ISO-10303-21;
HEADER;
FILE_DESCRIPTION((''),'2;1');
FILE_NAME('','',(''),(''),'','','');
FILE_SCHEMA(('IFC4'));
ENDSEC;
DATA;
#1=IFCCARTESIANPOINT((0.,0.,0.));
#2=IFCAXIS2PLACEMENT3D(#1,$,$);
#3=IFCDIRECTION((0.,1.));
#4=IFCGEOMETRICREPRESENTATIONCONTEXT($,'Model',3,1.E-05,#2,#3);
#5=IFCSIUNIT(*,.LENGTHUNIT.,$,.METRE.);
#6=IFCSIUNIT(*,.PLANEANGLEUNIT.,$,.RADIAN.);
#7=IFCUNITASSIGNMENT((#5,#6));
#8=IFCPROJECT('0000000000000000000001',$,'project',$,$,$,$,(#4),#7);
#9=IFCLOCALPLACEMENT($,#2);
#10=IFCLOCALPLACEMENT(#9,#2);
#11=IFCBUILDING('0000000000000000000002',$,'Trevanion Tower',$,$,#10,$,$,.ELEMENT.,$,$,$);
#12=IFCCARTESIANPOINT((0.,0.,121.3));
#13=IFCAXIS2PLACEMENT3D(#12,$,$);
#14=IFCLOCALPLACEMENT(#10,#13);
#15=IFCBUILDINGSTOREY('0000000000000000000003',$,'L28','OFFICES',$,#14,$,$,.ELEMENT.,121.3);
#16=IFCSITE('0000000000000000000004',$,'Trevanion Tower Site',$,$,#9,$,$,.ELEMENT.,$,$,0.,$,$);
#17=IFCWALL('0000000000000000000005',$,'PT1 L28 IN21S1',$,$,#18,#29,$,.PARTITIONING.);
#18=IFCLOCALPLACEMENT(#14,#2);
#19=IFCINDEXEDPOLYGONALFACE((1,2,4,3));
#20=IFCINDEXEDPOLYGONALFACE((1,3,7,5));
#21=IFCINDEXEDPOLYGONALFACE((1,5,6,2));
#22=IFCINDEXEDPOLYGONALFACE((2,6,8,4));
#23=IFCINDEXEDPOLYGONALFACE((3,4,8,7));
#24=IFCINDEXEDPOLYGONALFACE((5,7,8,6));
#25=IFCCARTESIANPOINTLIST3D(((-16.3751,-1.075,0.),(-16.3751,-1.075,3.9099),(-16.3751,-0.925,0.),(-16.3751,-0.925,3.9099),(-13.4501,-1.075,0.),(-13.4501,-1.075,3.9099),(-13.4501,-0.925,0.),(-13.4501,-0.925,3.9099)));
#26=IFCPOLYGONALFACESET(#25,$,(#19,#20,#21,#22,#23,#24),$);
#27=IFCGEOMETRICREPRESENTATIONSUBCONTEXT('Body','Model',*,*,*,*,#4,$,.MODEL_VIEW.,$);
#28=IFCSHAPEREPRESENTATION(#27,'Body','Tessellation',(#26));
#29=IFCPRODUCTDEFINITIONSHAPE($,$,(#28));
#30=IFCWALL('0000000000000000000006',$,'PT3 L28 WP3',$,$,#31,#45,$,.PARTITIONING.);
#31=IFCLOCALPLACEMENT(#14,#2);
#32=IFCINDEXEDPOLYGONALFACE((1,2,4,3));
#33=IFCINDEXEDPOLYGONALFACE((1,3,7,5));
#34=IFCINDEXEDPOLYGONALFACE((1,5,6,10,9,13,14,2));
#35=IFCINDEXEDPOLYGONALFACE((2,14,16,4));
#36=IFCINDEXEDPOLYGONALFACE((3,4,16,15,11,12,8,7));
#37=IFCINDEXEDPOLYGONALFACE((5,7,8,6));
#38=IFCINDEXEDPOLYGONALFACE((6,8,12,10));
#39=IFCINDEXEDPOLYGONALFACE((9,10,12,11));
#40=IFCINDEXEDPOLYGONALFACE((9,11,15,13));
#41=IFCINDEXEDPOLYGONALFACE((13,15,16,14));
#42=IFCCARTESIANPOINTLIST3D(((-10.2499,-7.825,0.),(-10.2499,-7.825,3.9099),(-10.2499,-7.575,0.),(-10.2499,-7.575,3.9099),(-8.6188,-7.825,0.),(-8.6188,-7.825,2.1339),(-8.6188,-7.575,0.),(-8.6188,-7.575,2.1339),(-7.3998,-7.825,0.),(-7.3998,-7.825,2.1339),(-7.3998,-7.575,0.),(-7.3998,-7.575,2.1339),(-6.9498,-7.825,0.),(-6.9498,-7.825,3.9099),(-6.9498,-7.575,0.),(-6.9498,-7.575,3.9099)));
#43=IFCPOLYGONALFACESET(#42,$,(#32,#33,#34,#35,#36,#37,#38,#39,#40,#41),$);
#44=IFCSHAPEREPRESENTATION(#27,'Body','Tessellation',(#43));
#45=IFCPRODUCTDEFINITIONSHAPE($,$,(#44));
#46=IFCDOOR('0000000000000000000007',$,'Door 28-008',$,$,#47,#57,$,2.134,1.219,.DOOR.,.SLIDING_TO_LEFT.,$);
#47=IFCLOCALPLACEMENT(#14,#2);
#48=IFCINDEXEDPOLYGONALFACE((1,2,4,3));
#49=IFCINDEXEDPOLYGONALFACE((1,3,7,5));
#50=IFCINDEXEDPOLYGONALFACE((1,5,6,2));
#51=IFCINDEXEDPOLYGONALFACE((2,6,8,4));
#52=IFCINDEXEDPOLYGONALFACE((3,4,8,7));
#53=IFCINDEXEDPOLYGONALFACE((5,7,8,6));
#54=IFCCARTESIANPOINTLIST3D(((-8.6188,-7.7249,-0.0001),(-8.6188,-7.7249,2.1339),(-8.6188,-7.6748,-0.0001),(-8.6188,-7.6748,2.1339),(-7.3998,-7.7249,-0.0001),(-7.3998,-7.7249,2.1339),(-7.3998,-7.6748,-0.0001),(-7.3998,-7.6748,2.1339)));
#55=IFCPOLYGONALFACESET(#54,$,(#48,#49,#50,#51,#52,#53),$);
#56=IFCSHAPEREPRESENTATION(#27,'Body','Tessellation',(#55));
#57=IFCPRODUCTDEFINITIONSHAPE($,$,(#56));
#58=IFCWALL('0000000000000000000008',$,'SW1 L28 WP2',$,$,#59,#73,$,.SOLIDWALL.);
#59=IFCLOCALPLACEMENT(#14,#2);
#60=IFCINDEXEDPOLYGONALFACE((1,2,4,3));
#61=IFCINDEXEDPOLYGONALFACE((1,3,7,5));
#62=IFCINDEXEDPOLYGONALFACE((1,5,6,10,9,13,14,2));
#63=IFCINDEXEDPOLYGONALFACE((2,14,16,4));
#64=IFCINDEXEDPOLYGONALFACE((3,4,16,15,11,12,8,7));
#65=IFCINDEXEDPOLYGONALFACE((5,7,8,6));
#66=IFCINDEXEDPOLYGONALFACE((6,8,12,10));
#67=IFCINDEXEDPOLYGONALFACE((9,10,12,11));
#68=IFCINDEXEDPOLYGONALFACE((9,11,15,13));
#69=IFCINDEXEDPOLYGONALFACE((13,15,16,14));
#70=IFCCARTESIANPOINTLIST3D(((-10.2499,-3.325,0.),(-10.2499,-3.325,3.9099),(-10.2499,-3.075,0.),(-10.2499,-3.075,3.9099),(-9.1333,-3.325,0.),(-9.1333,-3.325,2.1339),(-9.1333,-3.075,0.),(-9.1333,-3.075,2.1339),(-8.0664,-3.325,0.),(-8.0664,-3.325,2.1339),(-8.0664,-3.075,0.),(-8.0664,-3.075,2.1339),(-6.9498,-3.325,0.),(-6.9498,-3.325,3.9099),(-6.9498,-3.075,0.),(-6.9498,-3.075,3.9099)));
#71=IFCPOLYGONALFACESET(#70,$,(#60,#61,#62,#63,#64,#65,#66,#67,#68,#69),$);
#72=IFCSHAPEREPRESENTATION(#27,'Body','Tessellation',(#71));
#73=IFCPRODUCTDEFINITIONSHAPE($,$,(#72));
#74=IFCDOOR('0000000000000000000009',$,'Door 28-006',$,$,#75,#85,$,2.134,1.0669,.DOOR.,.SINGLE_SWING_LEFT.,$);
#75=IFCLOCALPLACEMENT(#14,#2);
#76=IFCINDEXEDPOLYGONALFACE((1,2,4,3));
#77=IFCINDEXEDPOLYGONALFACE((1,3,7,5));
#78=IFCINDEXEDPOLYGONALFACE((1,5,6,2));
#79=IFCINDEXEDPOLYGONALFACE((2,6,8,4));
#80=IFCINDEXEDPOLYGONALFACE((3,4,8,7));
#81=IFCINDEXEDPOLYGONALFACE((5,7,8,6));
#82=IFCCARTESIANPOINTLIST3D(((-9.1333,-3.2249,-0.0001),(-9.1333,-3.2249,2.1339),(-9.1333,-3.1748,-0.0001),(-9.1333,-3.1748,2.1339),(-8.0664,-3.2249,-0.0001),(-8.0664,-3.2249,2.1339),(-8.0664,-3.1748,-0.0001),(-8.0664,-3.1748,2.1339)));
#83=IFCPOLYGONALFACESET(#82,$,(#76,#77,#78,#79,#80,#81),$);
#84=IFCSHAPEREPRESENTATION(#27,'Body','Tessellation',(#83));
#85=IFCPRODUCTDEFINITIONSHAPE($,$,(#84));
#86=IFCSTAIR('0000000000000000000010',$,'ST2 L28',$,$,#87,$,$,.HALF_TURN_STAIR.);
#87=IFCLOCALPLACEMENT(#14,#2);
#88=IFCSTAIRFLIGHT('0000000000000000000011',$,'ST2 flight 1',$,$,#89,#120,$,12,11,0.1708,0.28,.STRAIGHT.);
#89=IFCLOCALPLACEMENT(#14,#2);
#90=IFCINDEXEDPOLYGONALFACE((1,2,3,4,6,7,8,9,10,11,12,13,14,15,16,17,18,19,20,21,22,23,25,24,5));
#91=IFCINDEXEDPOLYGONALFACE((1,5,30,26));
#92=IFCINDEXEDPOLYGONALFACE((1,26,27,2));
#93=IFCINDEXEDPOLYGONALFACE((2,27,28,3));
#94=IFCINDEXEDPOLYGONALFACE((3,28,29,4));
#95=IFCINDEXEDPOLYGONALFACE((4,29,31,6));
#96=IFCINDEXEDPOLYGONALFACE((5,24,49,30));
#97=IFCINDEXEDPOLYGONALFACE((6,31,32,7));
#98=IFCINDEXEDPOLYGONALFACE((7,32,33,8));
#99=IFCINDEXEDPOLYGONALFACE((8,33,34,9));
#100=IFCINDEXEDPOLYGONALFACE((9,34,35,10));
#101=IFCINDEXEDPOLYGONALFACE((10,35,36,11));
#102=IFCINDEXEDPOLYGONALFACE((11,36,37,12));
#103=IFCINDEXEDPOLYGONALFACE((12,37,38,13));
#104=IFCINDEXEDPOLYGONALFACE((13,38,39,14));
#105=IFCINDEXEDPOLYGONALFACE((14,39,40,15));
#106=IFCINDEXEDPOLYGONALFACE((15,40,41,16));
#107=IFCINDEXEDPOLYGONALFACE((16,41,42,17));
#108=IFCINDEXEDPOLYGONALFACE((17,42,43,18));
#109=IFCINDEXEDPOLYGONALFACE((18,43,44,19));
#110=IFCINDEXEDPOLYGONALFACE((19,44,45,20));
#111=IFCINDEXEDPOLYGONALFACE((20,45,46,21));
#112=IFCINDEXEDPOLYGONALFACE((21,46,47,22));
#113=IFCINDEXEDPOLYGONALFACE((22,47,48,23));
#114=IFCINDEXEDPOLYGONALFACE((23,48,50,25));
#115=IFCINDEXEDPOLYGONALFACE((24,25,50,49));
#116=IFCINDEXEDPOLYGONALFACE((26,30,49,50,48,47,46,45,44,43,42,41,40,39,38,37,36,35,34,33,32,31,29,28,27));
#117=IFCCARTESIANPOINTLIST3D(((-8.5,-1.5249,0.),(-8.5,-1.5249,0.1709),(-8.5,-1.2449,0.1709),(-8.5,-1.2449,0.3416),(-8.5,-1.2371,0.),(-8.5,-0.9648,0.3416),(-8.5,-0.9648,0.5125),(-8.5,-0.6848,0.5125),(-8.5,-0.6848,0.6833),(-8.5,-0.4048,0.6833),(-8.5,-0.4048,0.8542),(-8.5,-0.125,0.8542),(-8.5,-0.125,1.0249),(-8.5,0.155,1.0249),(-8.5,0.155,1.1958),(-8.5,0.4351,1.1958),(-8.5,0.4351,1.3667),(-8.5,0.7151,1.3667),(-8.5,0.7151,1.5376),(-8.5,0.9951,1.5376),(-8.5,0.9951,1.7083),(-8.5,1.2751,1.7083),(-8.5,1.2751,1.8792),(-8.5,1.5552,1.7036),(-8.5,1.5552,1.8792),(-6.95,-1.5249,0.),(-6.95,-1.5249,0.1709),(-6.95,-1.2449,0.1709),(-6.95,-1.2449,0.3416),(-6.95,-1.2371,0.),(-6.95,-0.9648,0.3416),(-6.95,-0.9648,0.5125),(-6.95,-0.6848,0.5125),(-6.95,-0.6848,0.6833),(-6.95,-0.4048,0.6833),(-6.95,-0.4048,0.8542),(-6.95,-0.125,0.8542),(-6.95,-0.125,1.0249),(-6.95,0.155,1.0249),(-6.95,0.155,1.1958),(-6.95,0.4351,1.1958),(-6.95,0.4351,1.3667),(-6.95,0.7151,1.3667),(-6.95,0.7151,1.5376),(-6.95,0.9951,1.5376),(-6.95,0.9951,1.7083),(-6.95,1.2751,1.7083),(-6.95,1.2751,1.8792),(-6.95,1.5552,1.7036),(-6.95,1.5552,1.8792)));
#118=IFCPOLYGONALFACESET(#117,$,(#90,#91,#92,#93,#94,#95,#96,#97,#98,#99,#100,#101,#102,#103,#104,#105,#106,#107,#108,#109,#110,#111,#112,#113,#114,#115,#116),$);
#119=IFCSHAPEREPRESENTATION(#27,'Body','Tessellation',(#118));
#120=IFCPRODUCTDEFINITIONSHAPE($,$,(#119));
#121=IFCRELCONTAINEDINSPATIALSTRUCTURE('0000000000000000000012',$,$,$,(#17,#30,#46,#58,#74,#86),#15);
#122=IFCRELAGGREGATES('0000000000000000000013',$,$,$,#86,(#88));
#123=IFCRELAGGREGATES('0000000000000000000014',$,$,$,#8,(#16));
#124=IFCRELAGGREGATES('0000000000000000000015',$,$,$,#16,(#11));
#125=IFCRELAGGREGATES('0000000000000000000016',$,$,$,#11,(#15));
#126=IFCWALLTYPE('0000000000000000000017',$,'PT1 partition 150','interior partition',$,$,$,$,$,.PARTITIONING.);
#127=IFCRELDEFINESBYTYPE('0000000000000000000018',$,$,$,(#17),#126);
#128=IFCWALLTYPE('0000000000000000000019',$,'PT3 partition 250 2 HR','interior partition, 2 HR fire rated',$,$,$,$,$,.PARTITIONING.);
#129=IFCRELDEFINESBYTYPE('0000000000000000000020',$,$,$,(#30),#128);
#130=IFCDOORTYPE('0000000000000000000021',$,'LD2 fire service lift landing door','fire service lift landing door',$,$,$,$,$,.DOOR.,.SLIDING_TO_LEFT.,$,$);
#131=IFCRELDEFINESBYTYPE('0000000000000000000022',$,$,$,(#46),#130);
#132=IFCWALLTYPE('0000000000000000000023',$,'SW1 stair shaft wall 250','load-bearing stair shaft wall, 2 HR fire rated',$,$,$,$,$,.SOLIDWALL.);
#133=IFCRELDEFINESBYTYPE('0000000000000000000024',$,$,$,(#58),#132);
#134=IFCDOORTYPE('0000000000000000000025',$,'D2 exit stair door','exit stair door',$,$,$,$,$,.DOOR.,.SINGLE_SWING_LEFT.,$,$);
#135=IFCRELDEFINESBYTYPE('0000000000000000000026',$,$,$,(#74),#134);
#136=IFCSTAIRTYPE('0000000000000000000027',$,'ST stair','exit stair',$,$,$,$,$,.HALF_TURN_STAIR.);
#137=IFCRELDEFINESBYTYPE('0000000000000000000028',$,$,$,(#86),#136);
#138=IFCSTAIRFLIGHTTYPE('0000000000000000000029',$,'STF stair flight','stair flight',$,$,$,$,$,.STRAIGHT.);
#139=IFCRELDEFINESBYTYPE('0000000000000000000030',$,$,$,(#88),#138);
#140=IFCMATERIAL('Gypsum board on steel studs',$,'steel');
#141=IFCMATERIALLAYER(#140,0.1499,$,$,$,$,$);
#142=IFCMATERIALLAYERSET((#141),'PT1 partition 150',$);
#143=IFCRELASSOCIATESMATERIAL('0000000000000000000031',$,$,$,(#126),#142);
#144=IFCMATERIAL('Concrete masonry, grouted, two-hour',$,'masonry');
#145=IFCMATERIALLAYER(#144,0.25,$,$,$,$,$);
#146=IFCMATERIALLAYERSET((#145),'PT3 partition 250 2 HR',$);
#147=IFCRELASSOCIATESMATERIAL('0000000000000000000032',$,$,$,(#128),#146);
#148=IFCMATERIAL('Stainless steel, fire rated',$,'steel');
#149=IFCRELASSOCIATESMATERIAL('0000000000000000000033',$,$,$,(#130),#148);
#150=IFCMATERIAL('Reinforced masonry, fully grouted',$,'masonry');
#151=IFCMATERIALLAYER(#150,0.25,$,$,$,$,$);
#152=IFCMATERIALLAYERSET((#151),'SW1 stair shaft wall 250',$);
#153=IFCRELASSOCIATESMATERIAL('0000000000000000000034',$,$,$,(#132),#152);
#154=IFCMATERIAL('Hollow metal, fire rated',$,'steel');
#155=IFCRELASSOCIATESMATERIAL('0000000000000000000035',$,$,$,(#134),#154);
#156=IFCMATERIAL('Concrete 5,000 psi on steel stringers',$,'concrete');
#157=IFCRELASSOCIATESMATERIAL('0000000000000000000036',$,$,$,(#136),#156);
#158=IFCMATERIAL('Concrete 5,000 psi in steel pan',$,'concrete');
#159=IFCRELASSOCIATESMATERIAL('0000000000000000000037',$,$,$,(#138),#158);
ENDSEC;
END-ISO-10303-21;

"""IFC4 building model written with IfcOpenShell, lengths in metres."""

from ifc_helpers import new_model, si_unit, direction, frame, frame_2d, origin, place, context, subcontext, project, spatial, polyline, rectangle, outline, extrude, material, layer, layer_set, type_object, element, fill, aggregate, save


model = new_model("IFC4")

# Units and contexts
model_context = context("Model", 3, precision=1e-05, world=origin(), true_north=direction((0.0, 1.0)))
body_context = subcontext(model_context, "Body", "Model", "MODEL_VIEW")
ifc_project = project(units=[si_unit("LENGTHUNIT", "METRE"), si_unit("PLANEANGLEUNIT", "RADIAN")], contexts=[model_context])

# Site, building, storey
site_placement = place(None, origin())
site = spatial("IfcSite", under=ifc_project, at=site_placement, Name="Trevanion Tower Site", CompositionType="ELEMENT", RefElevation=0.0)
building_placement = place(site_placement, origin())
building = spatial("IfcBuilding", under=site, at=building_placement, Name="Trevanion Tower", CompositionType="ELEMENT")
storey_placement = place(building_placement, frame((0.0, 0.0, 121.3)))
storey = spatial("IfcBuildingStorey", under=building, at=storey_placement, Name="L28", Description="OFFICES", CompositionType="ELEMENT", Elevation=121.3)

# Wall
ifc_material_1 = material(Name="Gypsum board on steel studs", Category="steel")
ifc_layer_1 = layer(ifc_material_1, 0.1499)
ifc_layer_set_1 = layer_set([ifc_layer_1], Name="PT1 partition 150")
wall_type_1 = type_object("IfcWallType", Name="PT1 partition 150", Description="interior partition", PredefinedType="PARTITIONING", material=ifc_layer_set_1)
wall_1_placement = place(storey_placement, frame((-16.375, -1.0, 0.0), z_axis=(0.0, 0.0, 1.0), x_axis=(1.0, 0.0, 0.0)))
element("IfcWall", 1, at=wall_1_placement, inside=storey, type_object=wall_type_1, Name="PT1 L28 IN21S1", PredefinedType="PARTITIONING", context=body_context, shape_type="SweptSolid", body=[
    extrude(rectangle(XDim=2.925, YDim=0.1499, at=frame_2d((1.4624, 0.0))), origin(), (0.0, 0.0, 1.0), 3.9099),
])

# Walls, openings, doors
ifc_material_2 = material(Name="Concrete masonry, grouted, two-hour", Category="masonry")
ifc_layer_2 = layer(ifc_material_2, 0.25)
ifc_layer_set_2 = layer_set([ifc_layer_2], Name="PT3 partition 250 2 HR")
wall_type_2 = type_object("IfcWallType", Name="PT3 partition 250 2 HR", Description="interior partition, 2 HR fire rated", PredefinedType="PARTITIONING", material=ifc_layer_set_2)
wall_2_placement = place(storey_placement, frame((-6.95, -7.7, 0.0), z_axis=(0.0, 0.0, 1.0), x_axis=(-1.0, 0.0, 0.0)))
wall_2 = element("IfcWall", 2, at=wall_2_placement, inside=storey, type_object=wall_type_2, Name="PT3 L28 WP3", PredefinedType="PARTITIONING", context=body_context, shape_type="SweptSolid", body=[
    extrude(rectangle(XDim=3.3, YDim=0.25, at=frame_2d((1.6499, 0.0))), origin(), (0.0, 0.0, 1.0), 3.9099),
])
opening_1_placement = place(wall_2_placement, frame((0.45, 0.0, 0.0)))
opening_1 = element("IfcOpeningElement", 3, at=opening_1_placement, cuts=wall_2, PredefinedType="OPENING", context=body_context, shape_type="SweptSolid", body=[
    extrude(rectangle(XDim=1.219, YDim=2.134, at=frame_2d((0.6094, 1.0669))), frame((0.0, 0.135, 0.0), z_axis=(0.0, -1.0, 0.0), x_axis=(1.0, 0.0, 0.0)), (0.0, 0.0, 1.0), 0.27),
])
ifc_material_3 = material(Name="Stainless steel, fire rated", Category="steel")
door_type_1 = type_object("IfcDoorType", Name="LD2 fire service lift landing door", Description="fire service lift landing door", OperationType="SLIDING_TO_LEFT", PredefinedType="DOOR", material=ifc_material_3)
door_1_placement = place(opening_1_placement, origin())
door_1 = element("IfcDoor", 4, at=door_1_placement, inside=storey, type_object=door_type_1, Name="Door 28-008", OperationType="SLIDING_TO_LEFT", OverallHeight=2.134, OverallWidth=1.219, PredefinedType="DOOR", context=body_context, shape_type="SweptSolid", body=[
    extrude(rectangle(XDim=1.219, YDim=2.134, at=frame_2d((0.6094, 1.0669))), frame((0.0, 0.0249, 0.0), z_axis=(0.0, -1.0, 0.0), x_axis=(1.0, 0.0, 0.0)), (0.0, 0.0, 1.0), 0.05),
])
fill(opening_1, door_1)
ifc_material_4 = material(Name="Reinforced masonry, fully grouted", Category="masonry")
ifc_layer_3 = layer(ifc_material_4, 0.25)
ifc_layer_set_3 = layer_set([ifc_layer_3], Name="SW1 stair shaft wall 250")
wall_type_3 = type_object("IfcWallType", Name="SW1 stair shaft wall 250", Description="load-bearing stair shaft wall, 2 HR fire rated", PredefinedType="SOLIDWALL", material=ifc_layer_set_3)
wall_3_placement = place(storey_placement, frame((-6.95, -3.2, 0.0), z_axis=(0.0, 0.0, 1.0), x_axis=(-1.0, 0.0, 0.0)))
wall_3 = element("IfcWall", 5, at=wall_3_placement, inside=storey, type_object=wall_type_3, Name="SW1 L28 WP2", PredefinedType="SOLIDWALL", context=body_context, shape_type="SweptSolid", body=[
    extrude(rectangle(XDim=3.3, YDim=0.25, at=frame_2d((1.6499, 0.0))), origin(), (0.0, 0.0, 1.0), 3.9099),
])
opening_2_placement = place(wall_3_placement, frame((1.1165, 0.0, 0.0)))
opening_2 = element("IfcOpeningElement", 6, at=opening_2_placement, cuts=wall_3, PredefinedType="OPENING", context=body_context, shape_type="SweptSolid", body=[
    extrude(rectangle(XDim=1.0669, YDim=2.134, at=frame_2d((0.5334, 1.0669))), frame((0.0, 0.135, 0.0), z_axis=(0.0, -1.0, 0.0), x_axis=(1.0, 0.0, 0.0)), (0.0, 0.0, 1.0), 0.27),
])
ifc_material_5 = material(Name="Hollow metal, fire rated", Category="steel")
door_type_2 = type_object("IfcDoorType", Name="D2 exit stair door", Description="exit stair door", OperationType="SINGLE_SWING_LEFT", PredefinedType="DOOR", material=ifc_material_5)
door_2_placement = place(opening_2_placement, origin())
door_2 = element("IfcDoor", 7, at=door_2_placement, inside=storey, type_object=door_type_2, Name="Door 28-006", OperationType="SINGLE_SWING_LEFT", OverallHeight=2.134, OverallWidth=1.0669, PredefinedType="DOOR", context=body_context, shape_type="SweptSolid", body=[
    extrude(rectangle(XDim=1.0669, YDim=2.134, at=frame_2d((0.5334, 1.0669))), frame((0.0, 0.0249, 0.0), z_axis=(0.0, -1.0, 0.0), x_axis=(1.0, 0.0, 0.0)), (0.0, 0.0, 1.0), 0.05),
])
fill(opening_2, door_2)

# Stair, stair flight
ifc_material_6 = material(Name="Concrete 5,000 psi on steel stringers", Category="concrete")
stair_type = type_object("IfcStairType", Name="ST stair", Description="exit stair", PredefinedType="HALF_TURN_STAIR", material=ifc_material_6)
stair_placement = place(storey_placement, origin())
stair = element("IfcStair", 8, at=stair_placement, inside=storey, type_object=stair_type, Name="ST2 L28", PredefinedType="HALF_TURN_STAIR")
ifc_material_7 = material(Name="Concrete 5,000 psi in steel pan", Category="concrete")
stair_flight_type = type_object("IfcStairFlightType", Name="STF stair flight", Description="stair flight", PredefinedType="STRAIGHT", material=ifc_material_7)
stair_flight_placement = place(storey_placement, frame((-7.7251, -1.5249, 0.0), z_axis=(0.0, 0.0, 1.0), x_axis=(0.0, 1.0, 0.0)))
stair_flight = element("IfcStairFlight", 9, at=stair_flight_placement, type_object=stair_flight_type, Name="ST2 flight 1", NumberOfRisers=12, NumberOfTreads=11, PredefinedType="STRAIGHT", RiserHeight=0.1708, TreadLength=0.28, context=body_context, shape_type="SweptSolid", body=[
    extrude(outline(polyline([(0.0, 0.0), (0.0, 0.1709), (0.28, 0.1709), (0.28, 0.3416), (0.5601, 0.3416), (0.5601, 0.5125), (0.8401, 0.5125), (0.8401, 0.6833), (1.1201, 0.6833), (1.1201, 0.8542), (1.3999, 0.8542), (1.3999, 1.0249), (1.6799, 1.0249), (1.6799, 1.1958), (1.96, 1.1958), (1.96, 1.3667), (2.24, 1.3667), (2.24, 1.5376), (2.52, 1.5376), (2.52, 1.7083), (2.8, 1.7083), (2.8, 1.8792), (3.0801, 1.8792), (3.0801, 2.05), (3.0801, 1.7036), (0.2878, 0.0), (0.0, 0.0)])), frame((0.0, 0.7749, 0.0), z_axis=(0.0, -1.0, 0.0), x_axis=(1.0, 0.0, 0.0)), (0.0, 0.0, 1.0), 1.55),
])
aggregate(stair, [stair_flight])

save(model, "model.ifc")
